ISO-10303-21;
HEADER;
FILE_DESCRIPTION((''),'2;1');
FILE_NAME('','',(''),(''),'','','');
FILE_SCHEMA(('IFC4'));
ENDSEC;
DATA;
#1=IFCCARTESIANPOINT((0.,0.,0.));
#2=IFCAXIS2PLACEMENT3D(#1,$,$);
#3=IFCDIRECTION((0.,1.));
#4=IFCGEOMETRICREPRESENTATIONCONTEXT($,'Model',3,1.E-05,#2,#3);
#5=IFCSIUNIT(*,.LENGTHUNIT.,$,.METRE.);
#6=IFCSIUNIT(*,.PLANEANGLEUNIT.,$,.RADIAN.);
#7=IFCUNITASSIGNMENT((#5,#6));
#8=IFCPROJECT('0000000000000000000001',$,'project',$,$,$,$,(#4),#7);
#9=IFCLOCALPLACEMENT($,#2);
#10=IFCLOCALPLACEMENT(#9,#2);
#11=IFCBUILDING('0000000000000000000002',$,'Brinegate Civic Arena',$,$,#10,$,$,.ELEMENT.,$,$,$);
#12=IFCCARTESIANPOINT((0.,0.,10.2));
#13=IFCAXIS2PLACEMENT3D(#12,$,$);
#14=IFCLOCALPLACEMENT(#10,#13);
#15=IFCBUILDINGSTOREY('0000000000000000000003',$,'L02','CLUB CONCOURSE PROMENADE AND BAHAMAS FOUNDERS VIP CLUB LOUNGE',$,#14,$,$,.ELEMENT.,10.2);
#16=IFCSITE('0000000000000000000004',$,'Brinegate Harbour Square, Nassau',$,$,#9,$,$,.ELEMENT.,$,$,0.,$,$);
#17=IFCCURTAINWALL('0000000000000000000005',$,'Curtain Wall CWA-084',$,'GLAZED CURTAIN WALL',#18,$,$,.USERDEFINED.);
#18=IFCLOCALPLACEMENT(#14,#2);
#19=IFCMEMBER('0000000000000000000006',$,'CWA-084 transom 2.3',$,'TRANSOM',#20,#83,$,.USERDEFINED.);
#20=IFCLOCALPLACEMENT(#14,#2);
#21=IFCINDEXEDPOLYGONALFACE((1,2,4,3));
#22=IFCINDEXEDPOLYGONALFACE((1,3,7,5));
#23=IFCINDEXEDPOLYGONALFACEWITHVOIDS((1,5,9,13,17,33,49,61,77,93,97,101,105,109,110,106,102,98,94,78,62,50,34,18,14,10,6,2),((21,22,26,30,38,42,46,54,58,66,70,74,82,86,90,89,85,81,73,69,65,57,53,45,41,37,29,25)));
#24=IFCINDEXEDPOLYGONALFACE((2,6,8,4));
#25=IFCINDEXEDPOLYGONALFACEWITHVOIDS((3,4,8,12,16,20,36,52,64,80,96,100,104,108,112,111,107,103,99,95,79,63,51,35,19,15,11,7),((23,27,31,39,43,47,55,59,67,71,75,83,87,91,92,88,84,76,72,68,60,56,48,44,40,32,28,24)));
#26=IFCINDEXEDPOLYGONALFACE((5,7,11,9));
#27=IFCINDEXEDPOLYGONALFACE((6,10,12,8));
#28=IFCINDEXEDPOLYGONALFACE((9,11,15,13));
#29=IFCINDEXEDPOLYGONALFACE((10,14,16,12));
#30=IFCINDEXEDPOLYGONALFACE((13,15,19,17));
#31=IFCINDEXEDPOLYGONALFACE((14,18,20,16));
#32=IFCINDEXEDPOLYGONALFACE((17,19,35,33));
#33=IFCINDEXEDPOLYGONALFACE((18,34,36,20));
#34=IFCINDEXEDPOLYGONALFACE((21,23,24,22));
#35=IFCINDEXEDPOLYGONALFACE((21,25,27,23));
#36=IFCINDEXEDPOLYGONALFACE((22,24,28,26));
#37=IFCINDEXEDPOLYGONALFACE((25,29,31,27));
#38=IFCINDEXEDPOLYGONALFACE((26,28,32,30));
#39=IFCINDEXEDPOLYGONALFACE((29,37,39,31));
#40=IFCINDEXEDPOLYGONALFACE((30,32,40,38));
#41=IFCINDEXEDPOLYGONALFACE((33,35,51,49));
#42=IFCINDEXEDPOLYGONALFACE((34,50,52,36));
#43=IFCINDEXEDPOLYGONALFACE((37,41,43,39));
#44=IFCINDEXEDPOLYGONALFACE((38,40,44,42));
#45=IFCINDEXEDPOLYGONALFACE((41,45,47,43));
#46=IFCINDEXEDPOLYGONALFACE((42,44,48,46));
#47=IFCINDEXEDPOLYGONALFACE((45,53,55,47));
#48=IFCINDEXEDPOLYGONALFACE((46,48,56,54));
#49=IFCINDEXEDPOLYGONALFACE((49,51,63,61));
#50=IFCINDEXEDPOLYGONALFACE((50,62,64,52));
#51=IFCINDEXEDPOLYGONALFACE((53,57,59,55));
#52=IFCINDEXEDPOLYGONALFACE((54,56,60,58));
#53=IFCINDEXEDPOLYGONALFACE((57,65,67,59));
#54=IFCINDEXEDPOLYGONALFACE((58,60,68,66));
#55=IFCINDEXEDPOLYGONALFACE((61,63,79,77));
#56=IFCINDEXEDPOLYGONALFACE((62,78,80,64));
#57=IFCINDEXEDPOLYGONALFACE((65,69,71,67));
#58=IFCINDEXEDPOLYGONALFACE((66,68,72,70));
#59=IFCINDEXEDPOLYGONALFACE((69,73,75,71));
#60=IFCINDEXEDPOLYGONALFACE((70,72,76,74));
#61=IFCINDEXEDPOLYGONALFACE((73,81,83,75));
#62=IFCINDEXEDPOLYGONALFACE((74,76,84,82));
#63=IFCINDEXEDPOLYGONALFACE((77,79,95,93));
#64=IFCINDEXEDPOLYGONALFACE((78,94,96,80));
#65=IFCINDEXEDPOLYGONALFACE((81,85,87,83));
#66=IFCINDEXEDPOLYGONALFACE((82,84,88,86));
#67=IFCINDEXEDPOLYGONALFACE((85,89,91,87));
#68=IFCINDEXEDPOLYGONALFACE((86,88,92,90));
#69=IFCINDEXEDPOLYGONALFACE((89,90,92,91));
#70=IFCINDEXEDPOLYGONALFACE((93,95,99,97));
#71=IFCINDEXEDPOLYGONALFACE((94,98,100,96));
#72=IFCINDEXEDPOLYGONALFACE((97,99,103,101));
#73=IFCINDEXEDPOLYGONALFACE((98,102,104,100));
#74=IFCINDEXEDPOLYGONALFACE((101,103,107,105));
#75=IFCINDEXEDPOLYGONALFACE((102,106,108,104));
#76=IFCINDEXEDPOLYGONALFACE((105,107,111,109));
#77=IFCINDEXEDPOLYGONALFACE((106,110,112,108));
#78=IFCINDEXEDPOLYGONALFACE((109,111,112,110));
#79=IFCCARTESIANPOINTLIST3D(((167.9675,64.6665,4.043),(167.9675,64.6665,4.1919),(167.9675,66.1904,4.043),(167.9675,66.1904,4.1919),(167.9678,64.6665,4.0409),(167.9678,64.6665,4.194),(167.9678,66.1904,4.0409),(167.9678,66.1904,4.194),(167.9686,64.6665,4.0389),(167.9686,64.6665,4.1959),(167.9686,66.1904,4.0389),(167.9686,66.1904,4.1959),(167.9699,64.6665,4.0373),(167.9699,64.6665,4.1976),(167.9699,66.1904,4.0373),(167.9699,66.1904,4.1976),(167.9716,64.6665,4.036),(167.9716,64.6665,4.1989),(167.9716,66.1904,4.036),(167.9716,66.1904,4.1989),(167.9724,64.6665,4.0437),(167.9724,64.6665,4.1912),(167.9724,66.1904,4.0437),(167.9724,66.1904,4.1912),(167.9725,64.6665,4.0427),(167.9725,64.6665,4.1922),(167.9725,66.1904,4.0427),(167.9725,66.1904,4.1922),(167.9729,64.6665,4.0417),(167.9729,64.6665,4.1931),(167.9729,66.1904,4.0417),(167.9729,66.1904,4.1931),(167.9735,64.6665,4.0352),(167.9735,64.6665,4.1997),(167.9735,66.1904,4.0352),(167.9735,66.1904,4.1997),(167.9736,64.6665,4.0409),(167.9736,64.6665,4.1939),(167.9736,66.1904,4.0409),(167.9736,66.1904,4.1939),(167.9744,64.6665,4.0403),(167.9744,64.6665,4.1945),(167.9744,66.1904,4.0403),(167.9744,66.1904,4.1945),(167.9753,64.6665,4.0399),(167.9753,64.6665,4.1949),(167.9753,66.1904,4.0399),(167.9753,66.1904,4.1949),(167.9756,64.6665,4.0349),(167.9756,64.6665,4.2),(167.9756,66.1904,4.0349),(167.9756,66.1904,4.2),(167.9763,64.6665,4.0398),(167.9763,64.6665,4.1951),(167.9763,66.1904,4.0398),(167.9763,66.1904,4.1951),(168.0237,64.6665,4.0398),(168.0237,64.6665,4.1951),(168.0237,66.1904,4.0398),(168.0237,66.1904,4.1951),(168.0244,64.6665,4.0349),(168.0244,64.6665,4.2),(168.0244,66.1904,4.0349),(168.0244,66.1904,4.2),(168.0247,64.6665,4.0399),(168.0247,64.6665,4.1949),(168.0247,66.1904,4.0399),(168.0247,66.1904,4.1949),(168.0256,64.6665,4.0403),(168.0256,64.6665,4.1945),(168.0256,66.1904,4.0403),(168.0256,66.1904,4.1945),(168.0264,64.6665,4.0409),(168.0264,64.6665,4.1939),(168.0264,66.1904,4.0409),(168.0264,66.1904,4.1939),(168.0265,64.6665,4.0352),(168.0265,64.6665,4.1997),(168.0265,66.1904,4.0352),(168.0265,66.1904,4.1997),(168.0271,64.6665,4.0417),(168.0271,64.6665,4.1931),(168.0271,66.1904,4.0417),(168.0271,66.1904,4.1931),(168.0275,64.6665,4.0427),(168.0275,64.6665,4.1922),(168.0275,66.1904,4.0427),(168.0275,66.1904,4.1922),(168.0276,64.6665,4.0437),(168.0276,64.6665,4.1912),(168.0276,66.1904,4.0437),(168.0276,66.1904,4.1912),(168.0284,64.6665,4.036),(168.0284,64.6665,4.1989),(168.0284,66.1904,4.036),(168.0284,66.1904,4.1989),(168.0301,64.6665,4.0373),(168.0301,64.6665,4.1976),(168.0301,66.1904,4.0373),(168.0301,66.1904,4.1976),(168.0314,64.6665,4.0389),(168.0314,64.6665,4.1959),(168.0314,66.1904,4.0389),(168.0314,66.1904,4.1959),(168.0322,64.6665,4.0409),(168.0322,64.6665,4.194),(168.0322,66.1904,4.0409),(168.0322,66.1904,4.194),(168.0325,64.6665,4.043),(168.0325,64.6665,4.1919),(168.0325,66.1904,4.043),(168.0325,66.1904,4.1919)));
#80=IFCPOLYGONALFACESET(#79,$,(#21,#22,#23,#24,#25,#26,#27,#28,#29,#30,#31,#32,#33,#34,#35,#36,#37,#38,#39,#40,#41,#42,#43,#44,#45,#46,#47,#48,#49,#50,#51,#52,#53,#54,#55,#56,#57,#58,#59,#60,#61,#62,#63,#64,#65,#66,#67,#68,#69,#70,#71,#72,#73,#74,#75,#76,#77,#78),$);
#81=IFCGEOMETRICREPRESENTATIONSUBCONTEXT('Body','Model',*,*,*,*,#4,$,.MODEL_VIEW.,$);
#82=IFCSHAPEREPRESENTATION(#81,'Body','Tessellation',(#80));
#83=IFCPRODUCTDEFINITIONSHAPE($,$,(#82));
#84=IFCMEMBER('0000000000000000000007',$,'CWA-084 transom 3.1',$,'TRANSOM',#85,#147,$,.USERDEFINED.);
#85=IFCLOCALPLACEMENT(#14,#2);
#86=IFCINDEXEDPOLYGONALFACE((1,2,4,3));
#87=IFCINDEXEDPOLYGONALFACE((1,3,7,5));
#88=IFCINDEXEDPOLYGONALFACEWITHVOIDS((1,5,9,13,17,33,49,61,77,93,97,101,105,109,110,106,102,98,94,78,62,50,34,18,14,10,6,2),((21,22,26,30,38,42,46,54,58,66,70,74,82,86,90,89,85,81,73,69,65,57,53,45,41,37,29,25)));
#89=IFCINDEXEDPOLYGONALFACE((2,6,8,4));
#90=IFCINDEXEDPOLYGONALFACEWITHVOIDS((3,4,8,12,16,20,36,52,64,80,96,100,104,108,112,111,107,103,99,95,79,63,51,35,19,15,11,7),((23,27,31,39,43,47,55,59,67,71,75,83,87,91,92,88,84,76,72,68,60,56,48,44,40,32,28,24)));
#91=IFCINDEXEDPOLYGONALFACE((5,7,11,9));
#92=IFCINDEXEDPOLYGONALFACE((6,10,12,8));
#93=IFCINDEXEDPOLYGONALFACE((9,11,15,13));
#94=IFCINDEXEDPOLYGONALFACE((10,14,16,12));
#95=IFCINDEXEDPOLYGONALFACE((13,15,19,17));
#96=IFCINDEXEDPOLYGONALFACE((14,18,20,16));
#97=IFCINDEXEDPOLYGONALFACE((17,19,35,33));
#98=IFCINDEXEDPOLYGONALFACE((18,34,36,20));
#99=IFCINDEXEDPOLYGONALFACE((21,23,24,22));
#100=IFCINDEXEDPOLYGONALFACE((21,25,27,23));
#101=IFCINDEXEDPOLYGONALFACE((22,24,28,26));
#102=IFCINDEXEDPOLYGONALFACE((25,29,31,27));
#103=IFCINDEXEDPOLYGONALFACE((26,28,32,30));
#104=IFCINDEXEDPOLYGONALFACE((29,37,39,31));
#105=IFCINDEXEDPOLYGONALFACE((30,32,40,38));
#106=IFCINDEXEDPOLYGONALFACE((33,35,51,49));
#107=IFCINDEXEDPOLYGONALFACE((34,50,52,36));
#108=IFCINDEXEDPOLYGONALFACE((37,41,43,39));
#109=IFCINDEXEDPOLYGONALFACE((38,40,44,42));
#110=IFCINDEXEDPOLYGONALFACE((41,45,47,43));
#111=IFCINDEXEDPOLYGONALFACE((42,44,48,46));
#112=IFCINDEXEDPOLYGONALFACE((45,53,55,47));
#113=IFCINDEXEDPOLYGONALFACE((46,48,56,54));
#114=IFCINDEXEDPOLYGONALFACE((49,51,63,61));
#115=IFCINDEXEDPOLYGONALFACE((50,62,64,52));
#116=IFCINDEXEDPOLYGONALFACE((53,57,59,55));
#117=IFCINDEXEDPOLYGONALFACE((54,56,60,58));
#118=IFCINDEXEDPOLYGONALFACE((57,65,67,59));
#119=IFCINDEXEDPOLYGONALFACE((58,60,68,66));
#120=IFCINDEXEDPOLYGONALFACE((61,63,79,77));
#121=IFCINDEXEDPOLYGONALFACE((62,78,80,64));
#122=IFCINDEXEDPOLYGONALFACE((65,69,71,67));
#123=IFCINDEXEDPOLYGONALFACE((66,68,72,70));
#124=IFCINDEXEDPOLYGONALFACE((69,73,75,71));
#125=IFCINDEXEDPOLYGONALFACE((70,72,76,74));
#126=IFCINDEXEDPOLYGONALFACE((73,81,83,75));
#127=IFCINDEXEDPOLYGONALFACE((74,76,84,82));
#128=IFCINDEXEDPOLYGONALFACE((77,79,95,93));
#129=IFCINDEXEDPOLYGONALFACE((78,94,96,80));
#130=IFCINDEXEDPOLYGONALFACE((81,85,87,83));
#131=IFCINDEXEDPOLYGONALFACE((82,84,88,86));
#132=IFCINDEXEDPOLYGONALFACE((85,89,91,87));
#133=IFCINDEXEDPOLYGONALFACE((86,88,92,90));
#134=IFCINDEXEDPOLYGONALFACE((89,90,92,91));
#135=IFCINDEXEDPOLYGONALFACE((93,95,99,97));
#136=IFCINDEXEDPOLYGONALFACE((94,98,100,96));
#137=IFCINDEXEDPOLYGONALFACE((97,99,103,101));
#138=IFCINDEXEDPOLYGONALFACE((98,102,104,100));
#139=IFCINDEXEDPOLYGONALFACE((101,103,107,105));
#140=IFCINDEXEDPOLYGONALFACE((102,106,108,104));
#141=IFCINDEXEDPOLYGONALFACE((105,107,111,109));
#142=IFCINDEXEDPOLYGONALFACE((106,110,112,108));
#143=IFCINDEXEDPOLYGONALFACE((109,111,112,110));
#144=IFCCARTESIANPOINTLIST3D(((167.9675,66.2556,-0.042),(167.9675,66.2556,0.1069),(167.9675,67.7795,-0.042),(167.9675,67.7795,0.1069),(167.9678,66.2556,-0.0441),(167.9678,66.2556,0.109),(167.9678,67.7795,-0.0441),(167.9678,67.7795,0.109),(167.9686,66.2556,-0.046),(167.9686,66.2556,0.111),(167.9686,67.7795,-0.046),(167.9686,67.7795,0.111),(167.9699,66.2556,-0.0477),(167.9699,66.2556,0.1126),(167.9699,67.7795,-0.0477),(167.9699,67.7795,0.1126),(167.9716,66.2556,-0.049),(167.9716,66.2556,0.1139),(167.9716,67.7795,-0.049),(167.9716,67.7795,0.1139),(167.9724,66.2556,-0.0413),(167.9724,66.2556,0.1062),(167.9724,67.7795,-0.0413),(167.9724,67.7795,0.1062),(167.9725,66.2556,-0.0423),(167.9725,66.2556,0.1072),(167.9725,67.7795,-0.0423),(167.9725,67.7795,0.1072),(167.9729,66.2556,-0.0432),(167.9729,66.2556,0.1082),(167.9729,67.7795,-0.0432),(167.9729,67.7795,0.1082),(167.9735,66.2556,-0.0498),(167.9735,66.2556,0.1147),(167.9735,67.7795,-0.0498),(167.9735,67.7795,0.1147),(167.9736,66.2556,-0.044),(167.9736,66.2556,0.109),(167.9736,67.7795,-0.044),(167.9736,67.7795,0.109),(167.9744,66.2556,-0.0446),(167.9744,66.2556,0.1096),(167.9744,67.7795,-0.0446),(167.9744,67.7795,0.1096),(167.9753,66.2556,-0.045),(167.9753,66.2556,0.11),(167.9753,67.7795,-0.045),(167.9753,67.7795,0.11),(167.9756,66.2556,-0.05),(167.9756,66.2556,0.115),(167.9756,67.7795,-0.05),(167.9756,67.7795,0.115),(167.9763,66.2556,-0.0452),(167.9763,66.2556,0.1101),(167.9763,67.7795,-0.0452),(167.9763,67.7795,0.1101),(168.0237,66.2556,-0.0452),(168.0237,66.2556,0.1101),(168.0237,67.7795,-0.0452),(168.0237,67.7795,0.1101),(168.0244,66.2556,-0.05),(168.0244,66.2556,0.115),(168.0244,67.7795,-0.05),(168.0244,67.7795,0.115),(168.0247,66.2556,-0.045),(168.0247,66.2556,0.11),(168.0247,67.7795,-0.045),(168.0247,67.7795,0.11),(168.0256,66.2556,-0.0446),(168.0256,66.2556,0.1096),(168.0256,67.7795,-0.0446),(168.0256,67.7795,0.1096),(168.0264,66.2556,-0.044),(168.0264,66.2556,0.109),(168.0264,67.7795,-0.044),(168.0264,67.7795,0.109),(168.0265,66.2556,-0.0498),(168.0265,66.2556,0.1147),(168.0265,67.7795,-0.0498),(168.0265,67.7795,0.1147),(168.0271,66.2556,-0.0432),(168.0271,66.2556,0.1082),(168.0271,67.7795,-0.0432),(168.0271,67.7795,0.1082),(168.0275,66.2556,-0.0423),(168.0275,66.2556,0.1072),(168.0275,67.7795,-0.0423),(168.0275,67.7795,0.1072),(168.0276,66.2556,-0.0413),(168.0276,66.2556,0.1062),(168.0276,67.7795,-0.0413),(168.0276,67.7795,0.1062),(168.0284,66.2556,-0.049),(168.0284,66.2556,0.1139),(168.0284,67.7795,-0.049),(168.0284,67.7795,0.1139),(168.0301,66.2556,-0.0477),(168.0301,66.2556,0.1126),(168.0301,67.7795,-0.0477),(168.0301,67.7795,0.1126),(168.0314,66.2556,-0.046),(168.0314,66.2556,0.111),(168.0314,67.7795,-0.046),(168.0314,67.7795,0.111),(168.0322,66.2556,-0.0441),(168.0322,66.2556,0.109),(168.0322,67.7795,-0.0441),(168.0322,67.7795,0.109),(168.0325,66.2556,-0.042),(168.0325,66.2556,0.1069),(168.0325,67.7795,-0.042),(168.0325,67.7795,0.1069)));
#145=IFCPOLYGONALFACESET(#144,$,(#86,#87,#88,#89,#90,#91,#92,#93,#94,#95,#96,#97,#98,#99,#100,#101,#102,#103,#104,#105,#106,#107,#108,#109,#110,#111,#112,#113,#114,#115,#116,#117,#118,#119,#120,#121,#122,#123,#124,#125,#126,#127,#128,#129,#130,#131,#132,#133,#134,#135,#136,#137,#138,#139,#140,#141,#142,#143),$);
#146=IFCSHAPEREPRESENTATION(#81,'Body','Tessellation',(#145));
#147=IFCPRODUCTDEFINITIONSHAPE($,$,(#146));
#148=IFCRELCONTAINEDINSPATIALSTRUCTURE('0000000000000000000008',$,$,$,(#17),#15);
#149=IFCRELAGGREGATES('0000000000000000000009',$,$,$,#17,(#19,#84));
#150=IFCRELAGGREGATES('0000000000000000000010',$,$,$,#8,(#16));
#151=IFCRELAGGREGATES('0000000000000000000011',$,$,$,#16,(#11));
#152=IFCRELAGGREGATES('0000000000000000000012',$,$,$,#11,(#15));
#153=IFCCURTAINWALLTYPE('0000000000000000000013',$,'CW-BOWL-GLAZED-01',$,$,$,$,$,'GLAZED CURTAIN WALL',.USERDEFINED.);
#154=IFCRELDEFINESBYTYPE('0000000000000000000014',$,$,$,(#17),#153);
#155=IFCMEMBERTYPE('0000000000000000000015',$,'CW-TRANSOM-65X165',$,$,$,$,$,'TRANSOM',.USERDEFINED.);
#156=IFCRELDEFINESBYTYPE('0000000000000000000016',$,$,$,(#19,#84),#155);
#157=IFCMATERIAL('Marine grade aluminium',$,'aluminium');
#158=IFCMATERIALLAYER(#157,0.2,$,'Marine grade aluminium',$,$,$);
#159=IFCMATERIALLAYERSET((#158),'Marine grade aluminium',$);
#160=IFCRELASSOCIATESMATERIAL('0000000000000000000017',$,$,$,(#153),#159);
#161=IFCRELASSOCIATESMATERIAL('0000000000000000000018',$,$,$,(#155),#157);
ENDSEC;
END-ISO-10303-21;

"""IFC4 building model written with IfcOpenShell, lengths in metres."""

from ifc_helpers import new_model, si_unit, direction, frame, origin, origin_2d, place, context, subcontext, project, spatial, hollow_rectangle, extrude, material, layer, layer_set, material_profile, profile_set, type_object, element, aggregate, save


model = new_model("IFC4")

# Units and contexts
model_context = context("Model", 3, precision=1e-05, world=origin(), true_north=direction((0.0, 1.0)))
body_context = subcontext(model_context, "Body", "Model", "MODEL_VIEW")
ifc_project = project(units=[si_unit("LENGTHUNIT", "METRE"), si_unit("PLANEANGLEUNIT", "RADIAN")], contexts=[model_context])

# Site, building, storey
site_placement = place(None, origin())
site = spatial("IfcSite", under=ifc_project, at=site_placement, Name="Brinegate Harbour Square, Nassau", CompositionType="ELEMENT", RefElevation=0.0)
building_placement = place(site_placement, origin())
building = spatial("IfcBuilding", under=site, at=building_placement, Name="Brinegate Civic Arena", CompositionType="ELEMENT")
storey_placement = place(building_placement, frame((0.0, 0.0, 10.2)))
storey = spatial("IfcBuildingStorey", under=building, at=storey_placement, Name="L02", Description="CLUB CONCOURSE PROMENADE AND BAHAMAS FOUNDERS VIP CLUB LOUNGE", CompositionType="ELEMENT", Elevation=10.2)

# Curtain wall, members
ifc_material_1 = material(Name="Marine grade aluminium", Category="aluminium")
ifc_layer_1 = layer(ifc_material_1, 0.2, Name="Marine grade aluminium")
ifc_layer_set_1 = layer_set([ifc_layer_1], Name="Marine grade aluminium")
curtain_wall_type = type_object("IfcCurtainWallType", Name="CW-BOWL-GLAZED-01", ElementType="GLAZED CURTAIN WALL", PredefinedType="USERDEFINED", material=ifc_layer_set_1)
curtain_wall_placement = place(storey_placement, origin())
curtain_wall = element("IfcCurtainWall", 1, at=curtain_wall_placement, inside=storey, type_object=curtain_wall_type, Name="Curtain Wall CWA-084", ObjectType="GLAZED CURTAIN WALL", PredefinedType="USERDEFINED")
ifc_material_profile_1 = material_profile(ifc_material_1, hollow_rectangle(XDim=0.0649, YDim=0.165, WallThickness=0.0049, InnerFilletRadius=0.0039, OuterFilletRadius=0.0081, at=origin_2d()), Name="TRN65X165")
ifc_profile_set_1 = profile_set([ifc_material_profile_1], Name="Marine grade aluminium")
member_type_1 = type_object("IfcMemberType", Name="CW-TRANSOM-65X165", ElementType="TRANSOM", PredefinedType="USERDEFINED", material=ifc_profile_set_1)
member_1_placement = place(storey_placement, frame((168.0, 64.6665, 4.1174), z_axis=(0.0, 1.0, 0.0), x_axis=(-1.0, 0.0, 0.0)))
member_1 = element("IfcMember", 2, at=member_1_placement, type_object=member_type_1, Name="CWA-084 transom 2.3", ObjectType="TRANSOM", PredefinedType="USERDEFINED", context=body_context, shape_type="SweptSolid", body=[
    extrude(hollow_rectangle(XDim=0.0649, YDim=0.165, WallThickness=0.0049, InnerFilletRadius=0.0039, OuterFilletRadius=0.0081, at=origin_2d()), origin(), (0.0, 0.0, 1.0), 1.5239),
])
member_2_placement = place(storey_placement, frame((168.0, 66.2556, 0.0325), z_axis=(0.0, 1.0, 0.0), x_axis=(-1.0, 0.0, 0.0)))
member_2 = element("IfcMember", 3, at=member_2_placement, type_object=member_type_1, Name="CWA-084 transom 3.1", ObjectType="TRANSOM", PredefinedType="USERDEFINED", context=body_context, shape_type="SweptSolid", body=[
    extrude(hollow_rectangle(XDim=0.0649, YDim=0.165, WallThickness=0.0049, InnerFilletRadius=0.0039, OuterFilletRadius=0.0081, at=origin_2d()), origin(), (0.0, 0.0, 1.0), 1.5239),
])

aggregate(curtain_wall, [member_1, member_2])

save(model, "model.ifc")
